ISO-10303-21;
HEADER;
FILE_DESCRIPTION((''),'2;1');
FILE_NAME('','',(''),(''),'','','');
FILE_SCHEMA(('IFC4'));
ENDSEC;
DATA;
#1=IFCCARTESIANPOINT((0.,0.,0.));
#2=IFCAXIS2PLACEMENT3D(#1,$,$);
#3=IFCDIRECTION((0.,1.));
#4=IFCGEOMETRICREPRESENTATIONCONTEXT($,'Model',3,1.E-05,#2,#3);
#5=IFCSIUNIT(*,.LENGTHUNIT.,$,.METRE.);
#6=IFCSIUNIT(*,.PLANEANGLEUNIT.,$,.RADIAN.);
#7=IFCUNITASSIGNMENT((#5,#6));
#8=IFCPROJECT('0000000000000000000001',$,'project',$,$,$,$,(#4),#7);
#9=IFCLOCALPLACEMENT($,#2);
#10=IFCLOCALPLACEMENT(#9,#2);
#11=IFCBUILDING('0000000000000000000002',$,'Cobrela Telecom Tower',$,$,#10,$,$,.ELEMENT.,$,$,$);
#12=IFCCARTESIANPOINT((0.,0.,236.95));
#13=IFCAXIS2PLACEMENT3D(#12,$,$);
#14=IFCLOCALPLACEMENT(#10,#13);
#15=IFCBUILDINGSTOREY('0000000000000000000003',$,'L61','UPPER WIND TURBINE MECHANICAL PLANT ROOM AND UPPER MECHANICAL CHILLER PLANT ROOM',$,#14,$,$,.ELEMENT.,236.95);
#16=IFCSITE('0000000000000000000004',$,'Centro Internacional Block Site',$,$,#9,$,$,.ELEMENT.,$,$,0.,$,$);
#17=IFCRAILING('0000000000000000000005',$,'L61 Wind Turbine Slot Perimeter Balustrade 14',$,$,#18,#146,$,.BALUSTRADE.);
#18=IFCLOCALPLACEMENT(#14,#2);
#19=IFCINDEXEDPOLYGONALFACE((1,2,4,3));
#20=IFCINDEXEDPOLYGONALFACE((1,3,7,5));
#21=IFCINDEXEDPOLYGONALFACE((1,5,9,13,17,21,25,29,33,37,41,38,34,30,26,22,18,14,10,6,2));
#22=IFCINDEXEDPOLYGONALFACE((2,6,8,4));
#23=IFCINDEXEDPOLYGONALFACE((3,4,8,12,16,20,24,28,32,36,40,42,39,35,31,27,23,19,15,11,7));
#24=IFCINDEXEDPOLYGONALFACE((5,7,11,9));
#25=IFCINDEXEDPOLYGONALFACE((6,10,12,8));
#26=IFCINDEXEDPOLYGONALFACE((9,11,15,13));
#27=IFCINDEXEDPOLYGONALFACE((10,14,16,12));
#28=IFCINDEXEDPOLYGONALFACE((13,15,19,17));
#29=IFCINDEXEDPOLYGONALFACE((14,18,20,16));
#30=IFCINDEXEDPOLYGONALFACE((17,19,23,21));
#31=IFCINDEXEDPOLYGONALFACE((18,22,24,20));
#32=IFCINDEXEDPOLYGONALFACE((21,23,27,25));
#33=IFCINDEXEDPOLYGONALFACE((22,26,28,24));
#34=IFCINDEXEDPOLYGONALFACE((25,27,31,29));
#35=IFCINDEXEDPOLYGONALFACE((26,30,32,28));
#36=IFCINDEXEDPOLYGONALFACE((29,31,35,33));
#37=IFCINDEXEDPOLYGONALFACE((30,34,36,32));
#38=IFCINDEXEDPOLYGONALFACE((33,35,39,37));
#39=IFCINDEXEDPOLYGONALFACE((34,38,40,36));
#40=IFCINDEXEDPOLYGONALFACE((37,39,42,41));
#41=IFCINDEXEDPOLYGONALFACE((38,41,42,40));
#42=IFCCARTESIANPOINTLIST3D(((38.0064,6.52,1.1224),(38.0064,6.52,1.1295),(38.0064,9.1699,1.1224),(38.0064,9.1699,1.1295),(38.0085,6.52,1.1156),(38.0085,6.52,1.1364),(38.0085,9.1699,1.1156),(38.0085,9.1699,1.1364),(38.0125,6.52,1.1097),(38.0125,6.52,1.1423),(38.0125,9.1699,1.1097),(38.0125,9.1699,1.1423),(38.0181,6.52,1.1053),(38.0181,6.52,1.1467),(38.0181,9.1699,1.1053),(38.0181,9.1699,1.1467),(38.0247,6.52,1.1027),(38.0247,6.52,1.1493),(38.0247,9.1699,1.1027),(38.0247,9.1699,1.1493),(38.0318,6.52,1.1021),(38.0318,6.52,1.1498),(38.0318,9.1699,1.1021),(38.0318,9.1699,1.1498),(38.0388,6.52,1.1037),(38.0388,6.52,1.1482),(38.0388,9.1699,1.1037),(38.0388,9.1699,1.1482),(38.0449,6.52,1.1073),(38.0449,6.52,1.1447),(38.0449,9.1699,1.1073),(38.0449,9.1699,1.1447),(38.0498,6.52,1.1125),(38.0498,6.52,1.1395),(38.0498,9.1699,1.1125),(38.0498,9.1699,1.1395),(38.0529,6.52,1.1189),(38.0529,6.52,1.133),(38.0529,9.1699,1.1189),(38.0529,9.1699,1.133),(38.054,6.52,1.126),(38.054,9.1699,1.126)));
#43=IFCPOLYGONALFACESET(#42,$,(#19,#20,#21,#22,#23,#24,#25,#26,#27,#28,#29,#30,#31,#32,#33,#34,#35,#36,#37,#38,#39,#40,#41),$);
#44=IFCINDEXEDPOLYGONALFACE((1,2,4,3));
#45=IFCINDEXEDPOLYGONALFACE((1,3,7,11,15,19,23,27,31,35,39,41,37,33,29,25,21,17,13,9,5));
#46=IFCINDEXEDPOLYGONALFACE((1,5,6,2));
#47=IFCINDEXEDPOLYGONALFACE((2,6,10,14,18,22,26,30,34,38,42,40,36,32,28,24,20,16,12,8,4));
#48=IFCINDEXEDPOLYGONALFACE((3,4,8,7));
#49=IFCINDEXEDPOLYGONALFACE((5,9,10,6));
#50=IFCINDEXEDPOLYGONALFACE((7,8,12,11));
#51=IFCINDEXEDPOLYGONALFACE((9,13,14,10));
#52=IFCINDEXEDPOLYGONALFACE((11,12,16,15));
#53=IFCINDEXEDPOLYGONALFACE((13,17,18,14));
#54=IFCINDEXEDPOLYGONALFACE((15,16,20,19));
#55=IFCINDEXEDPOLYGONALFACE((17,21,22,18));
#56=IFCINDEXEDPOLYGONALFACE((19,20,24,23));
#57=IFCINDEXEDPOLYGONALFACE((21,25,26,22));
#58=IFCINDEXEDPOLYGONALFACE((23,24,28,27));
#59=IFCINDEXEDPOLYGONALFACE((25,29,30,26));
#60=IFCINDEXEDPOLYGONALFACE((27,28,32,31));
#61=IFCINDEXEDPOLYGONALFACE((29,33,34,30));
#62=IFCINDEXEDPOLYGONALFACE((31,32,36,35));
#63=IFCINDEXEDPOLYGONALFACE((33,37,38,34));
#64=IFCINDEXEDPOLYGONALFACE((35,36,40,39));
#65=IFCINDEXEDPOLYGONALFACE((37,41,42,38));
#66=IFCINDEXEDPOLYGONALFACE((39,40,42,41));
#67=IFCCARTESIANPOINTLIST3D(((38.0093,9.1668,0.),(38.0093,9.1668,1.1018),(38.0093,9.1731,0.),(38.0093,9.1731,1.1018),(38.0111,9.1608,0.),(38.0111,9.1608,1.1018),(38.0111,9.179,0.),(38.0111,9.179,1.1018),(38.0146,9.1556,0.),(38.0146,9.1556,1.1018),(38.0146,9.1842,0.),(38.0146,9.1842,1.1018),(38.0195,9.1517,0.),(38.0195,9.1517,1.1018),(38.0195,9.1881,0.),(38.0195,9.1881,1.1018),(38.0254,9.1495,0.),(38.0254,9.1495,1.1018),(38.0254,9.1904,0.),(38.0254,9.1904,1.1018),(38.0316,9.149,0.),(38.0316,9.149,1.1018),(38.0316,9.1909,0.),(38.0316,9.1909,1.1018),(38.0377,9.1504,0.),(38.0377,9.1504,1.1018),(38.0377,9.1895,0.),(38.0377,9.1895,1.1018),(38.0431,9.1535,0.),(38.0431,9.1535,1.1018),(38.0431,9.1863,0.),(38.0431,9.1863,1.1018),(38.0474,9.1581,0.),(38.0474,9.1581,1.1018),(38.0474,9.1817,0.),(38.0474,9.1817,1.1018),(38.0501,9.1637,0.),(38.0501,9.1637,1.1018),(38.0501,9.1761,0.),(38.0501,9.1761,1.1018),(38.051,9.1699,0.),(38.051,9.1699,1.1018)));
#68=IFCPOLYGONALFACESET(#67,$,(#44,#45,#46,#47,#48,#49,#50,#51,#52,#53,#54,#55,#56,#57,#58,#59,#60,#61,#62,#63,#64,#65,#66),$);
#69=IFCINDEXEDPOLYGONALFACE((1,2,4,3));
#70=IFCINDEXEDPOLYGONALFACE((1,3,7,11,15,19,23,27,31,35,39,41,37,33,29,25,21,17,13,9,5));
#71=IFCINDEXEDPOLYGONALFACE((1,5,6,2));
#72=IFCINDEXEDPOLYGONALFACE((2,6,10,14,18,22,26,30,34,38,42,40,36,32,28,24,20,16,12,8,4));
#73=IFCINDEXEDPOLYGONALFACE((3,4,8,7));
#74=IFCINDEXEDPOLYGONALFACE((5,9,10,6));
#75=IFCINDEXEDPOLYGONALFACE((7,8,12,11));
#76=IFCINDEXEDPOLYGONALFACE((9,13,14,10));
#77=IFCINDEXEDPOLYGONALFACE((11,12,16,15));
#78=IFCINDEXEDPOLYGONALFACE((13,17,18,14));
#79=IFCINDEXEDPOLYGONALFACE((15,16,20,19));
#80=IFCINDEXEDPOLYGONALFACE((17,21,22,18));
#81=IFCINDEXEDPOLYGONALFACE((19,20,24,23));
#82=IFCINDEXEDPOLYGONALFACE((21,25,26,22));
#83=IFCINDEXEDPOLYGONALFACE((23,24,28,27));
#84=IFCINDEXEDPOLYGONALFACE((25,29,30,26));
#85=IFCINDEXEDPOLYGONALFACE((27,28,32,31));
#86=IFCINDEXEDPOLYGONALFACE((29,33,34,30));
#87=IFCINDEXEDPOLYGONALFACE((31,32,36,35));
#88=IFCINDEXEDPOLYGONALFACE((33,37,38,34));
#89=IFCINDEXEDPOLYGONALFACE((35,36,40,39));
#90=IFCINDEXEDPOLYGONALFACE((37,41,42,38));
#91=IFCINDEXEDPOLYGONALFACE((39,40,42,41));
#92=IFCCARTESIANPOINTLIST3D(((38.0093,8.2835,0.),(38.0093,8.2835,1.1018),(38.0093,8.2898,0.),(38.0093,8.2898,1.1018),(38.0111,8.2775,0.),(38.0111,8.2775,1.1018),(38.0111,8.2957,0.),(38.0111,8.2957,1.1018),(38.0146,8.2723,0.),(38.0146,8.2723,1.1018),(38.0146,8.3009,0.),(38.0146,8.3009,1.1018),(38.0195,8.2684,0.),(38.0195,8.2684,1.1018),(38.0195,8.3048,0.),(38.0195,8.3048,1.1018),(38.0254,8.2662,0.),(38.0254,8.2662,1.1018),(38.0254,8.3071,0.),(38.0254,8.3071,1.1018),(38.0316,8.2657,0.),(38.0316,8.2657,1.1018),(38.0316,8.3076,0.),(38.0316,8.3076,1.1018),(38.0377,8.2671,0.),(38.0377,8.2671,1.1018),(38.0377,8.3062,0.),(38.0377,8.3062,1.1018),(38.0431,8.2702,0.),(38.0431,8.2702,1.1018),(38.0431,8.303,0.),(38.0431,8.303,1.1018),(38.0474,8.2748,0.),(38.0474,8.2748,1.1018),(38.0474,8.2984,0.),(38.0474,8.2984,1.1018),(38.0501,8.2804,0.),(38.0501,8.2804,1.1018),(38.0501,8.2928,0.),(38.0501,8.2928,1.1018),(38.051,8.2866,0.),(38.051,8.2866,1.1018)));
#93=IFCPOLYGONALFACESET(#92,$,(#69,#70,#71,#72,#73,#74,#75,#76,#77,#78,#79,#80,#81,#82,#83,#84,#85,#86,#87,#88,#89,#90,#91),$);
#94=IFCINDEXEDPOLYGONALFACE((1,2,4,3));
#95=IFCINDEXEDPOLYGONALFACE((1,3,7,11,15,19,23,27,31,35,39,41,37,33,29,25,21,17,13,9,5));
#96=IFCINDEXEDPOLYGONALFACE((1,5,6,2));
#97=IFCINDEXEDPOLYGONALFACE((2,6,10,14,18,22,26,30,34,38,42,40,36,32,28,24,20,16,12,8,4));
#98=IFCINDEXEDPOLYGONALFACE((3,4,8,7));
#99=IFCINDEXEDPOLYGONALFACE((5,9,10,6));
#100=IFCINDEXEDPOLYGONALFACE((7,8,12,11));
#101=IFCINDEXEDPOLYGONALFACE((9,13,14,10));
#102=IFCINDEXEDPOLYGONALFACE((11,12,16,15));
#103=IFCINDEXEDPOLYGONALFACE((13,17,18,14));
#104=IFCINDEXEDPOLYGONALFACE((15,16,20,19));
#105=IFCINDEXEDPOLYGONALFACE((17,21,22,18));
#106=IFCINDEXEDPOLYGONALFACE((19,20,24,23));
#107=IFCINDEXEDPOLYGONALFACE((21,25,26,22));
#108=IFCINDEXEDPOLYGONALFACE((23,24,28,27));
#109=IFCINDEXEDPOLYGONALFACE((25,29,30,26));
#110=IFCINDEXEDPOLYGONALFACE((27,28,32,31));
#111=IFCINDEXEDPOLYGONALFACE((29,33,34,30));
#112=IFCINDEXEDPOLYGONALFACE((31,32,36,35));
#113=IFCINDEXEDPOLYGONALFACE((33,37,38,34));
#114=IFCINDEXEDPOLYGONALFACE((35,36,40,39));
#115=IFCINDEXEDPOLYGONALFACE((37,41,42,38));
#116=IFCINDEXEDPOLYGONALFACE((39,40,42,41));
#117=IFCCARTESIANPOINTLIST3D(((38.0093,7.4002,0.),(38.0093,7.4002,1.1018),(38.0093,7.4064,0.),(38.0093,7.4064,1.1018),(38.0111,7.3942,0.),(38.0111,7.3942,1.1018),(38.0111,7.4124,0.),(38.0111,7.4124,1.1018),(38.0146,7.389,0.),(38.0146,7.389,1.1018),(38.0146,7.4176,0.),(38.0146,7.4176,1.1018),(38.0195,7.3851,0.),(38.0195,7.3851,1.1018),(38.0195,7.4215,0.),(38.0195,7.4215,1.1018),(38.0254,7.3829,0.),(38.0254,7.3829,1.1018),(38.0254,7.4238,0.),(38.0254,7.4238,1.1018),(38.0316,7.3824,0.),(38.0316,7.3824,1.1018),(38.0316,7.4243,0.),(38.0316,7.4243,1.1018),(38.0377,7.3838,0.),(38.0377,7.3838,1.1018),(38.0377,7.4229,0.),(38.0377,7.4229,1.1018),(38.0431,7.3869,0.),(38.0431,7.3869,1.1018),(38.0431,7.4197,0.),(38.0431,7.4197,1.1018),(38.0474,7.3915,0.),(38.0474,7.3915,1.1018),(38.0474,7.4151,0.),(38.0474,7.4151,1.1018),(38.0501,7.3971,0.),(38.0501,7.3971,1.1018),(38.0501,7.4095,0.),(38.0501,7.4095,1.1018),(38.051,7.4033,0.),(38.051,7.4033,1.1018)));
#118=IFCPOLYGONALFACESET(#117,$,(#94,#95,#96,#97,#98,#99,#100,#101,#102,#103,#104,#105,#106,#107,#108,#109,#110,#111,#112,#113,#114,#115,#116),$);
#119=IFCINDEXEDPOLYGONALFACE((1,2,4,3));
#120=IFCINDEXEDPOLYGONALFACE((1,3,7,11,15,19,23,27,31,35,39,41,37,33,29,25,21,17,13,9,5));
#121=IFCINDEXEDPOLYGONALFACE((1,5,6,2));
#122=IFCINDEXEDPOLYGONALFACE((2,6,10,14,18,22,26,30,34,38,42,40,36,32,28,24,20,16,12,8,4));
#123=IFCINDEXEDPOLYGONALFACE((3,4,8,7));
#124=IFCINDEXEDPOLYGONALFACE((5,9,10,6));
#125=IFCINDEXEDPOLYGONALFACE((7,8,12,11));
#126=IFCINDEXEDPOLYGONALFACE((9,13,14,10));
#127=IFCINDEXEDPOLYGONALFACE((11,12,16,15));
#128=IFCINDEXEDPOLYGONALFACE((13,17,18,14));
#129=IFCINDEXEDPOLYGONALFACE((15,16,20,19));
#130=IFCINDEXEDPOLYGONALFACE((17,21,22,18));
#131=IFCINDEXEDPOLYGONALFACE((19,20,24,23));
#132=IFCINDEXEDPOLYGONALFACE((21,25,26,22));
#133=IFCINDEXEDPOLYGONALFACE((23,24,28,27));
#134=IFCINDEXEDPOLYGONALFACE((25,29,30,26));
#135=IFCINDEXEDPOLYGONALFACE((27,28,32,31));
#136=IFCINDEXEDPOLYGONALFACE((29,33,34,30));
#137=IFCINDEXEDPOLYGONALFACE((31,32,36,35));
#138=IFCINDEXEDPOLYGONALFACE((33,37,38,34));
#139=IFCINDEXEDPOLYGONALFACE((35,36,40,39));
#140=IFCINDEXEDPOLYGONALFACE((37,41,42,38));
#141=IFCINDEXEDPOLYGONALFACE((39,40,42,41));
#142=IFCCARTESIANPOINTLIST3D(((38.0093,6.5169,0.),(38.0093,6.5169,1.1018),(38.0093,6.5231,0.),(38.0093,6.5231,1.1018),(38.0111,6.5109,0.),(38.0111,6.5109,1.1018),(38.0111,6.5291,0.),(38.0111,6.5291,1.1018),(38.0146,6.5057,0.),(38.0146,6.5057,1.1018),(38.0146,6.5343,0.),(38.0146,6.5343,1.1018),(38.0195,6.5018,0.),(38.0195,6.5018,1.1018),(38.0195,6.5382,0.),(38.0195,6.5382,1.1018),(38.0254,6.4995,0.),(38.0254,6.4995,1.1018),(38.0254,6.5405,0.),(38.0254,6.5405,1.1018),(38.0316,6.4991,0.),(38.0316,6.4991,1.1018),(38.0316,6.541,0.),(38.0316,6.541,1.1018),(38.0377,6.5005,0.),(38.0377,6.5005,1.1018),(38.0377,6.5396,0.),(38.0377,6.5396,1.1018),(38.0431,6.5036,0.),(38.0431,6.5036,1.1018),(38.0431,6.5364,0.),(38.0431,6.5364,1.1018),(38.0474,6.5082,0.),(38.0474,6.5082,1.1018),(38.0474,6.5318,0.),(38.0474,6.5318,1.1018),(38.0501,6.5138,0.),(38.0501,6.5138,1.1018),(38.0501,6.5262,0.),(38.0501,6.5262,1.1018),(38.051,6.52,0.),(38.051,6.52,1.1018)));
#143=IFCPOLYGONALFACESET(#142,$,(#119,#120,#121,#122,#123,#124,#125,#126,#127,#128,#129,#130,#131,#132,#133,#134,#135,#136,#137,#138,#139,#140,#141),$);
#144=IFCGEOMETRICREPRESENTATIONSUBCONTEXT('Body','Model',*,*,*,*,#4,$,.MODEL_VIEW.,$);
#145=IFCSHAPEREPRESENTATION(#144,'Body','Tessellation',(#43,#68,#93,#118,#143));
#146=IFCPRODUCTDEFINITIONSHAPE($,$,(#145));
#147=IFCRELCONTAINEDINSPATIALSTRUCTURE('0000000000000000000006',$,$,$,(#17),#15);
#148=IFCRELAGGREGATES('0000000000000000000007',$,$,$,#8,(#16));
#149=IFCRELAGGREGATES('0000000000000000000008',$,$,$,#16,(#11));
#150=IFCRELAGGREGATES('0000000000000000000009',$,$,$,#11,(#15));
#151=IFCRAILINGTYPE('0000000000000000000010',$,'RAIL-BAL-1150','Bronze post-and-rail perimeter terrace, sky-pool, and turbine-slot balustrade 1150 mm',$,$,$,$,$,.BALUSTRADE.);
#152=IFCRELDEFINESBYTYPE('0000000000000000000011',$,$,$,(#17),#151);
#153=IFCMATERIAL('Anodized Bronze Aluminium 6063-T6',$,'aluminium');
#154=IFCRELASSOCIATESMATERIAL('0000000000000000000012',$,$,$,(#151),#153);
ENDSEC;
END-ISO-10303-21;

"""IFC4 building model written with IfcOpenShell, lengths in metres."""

from ifc_helpers import new_model, si_unit, direction, frame, origin, origin_2d, place, context, subcontext, project, spatial, circle, extrude, material, type_object, element, save


model = new_model("IFC4")

# Units and contexts
model_context = context("Model", 3, precision=1e-05, world=origin(), true_north=direction((0.0, 1.0)))
body_context = subcontext(model_context, "Body", "Model", "MODEL_VIEW")
ifc_project = project(units=[si_unit("LENGTHUNIT", "METRE"), si_unit("PLANEANGLEUNIT", "RADIAN")], contexts=[model_context])

# Site, building, storey
site_placement = place(None, origin())
site = spatial("IfcSite", under=ifc_project, at=site_placement, Name="Centro Internacional Block Site", CompositionType="ELEMENT", RefElevation=0.0)
building_placement = place(site_placement, origin())
building = spatial("IfcBuilding", under=site, at=building_placement, Name="Cobrela Telecom Tower", CompositionType="ELEMENT")
storey_placement = place(building_placement, frame((0.0, 0.0, 236.95)))
storey = spatial("IfcBuildingStorey", under=building, at=storey_placement, Name="L61", Description="UPPER WIND TURBINE MECHANICAL PLANT ROOM AND UPPER MECHANICAL CHILLER PLANT ROOM", CompositionType="ELEMENT", Elevation=236.95)

# Railing
ifc_material_1 = material(Name="Anodized Bronze Aluminium 6063-T6", Category="aluminium")
railing_type = type_object("IfcRailingType", Name="RAIL-BAL-1150", Description="Bronze post-and-rail perimeter terrace, sky-pool, and turbine-slot balustrade 1150 mm", PredefinedType="BALUSTRADE", material=ifc_material_1)
railing_1_placement = place(storey_placement, frame((38.03, 9.1699, 0.0)))
element("IfcRailing", 1, at=railing_1_placement, inside=storey, type_object=railing_type, Name="L61 Wind Turbine Slot Perimeter Balustrade 14", PredefinedType="BALUSTRADE", context=body_context, shape_type="SweptSolid", body=[
    extrude(circle(Radius=0.0239, at=origin_2d()), frame((0.0, 0.0, 1.126), z_axis=(0.0, -1.0, 0.0), x_axis=(1.0, 0.0, 0.0)), (0.0, 0.0, 1.0), 2.6499),
    extrude(circle(Radius=0.021, at=origin_2d()), origin(), (0.0, 0.0, 1.0), 1.1018),
    extrude(circle(Radius=0.021, at=origin_2d()), frame((0.0, -0.8833, 0.0)), (0.0, 0.0, 1.0), 1.1018),
    extrude(circle(Radius=0.021, at=origin_2d()), frame((0.0, -1.7666, 0.0)), (0.0, 0.0, 1.0), 1.1018),
    extrude(circle(Radius=0.021, at=origin_2d()), frame((0.0, -2.6499, 0.0)), (0.0, 0.0, 1.0), 1.1018),
])

save(model, "model.ifc")
